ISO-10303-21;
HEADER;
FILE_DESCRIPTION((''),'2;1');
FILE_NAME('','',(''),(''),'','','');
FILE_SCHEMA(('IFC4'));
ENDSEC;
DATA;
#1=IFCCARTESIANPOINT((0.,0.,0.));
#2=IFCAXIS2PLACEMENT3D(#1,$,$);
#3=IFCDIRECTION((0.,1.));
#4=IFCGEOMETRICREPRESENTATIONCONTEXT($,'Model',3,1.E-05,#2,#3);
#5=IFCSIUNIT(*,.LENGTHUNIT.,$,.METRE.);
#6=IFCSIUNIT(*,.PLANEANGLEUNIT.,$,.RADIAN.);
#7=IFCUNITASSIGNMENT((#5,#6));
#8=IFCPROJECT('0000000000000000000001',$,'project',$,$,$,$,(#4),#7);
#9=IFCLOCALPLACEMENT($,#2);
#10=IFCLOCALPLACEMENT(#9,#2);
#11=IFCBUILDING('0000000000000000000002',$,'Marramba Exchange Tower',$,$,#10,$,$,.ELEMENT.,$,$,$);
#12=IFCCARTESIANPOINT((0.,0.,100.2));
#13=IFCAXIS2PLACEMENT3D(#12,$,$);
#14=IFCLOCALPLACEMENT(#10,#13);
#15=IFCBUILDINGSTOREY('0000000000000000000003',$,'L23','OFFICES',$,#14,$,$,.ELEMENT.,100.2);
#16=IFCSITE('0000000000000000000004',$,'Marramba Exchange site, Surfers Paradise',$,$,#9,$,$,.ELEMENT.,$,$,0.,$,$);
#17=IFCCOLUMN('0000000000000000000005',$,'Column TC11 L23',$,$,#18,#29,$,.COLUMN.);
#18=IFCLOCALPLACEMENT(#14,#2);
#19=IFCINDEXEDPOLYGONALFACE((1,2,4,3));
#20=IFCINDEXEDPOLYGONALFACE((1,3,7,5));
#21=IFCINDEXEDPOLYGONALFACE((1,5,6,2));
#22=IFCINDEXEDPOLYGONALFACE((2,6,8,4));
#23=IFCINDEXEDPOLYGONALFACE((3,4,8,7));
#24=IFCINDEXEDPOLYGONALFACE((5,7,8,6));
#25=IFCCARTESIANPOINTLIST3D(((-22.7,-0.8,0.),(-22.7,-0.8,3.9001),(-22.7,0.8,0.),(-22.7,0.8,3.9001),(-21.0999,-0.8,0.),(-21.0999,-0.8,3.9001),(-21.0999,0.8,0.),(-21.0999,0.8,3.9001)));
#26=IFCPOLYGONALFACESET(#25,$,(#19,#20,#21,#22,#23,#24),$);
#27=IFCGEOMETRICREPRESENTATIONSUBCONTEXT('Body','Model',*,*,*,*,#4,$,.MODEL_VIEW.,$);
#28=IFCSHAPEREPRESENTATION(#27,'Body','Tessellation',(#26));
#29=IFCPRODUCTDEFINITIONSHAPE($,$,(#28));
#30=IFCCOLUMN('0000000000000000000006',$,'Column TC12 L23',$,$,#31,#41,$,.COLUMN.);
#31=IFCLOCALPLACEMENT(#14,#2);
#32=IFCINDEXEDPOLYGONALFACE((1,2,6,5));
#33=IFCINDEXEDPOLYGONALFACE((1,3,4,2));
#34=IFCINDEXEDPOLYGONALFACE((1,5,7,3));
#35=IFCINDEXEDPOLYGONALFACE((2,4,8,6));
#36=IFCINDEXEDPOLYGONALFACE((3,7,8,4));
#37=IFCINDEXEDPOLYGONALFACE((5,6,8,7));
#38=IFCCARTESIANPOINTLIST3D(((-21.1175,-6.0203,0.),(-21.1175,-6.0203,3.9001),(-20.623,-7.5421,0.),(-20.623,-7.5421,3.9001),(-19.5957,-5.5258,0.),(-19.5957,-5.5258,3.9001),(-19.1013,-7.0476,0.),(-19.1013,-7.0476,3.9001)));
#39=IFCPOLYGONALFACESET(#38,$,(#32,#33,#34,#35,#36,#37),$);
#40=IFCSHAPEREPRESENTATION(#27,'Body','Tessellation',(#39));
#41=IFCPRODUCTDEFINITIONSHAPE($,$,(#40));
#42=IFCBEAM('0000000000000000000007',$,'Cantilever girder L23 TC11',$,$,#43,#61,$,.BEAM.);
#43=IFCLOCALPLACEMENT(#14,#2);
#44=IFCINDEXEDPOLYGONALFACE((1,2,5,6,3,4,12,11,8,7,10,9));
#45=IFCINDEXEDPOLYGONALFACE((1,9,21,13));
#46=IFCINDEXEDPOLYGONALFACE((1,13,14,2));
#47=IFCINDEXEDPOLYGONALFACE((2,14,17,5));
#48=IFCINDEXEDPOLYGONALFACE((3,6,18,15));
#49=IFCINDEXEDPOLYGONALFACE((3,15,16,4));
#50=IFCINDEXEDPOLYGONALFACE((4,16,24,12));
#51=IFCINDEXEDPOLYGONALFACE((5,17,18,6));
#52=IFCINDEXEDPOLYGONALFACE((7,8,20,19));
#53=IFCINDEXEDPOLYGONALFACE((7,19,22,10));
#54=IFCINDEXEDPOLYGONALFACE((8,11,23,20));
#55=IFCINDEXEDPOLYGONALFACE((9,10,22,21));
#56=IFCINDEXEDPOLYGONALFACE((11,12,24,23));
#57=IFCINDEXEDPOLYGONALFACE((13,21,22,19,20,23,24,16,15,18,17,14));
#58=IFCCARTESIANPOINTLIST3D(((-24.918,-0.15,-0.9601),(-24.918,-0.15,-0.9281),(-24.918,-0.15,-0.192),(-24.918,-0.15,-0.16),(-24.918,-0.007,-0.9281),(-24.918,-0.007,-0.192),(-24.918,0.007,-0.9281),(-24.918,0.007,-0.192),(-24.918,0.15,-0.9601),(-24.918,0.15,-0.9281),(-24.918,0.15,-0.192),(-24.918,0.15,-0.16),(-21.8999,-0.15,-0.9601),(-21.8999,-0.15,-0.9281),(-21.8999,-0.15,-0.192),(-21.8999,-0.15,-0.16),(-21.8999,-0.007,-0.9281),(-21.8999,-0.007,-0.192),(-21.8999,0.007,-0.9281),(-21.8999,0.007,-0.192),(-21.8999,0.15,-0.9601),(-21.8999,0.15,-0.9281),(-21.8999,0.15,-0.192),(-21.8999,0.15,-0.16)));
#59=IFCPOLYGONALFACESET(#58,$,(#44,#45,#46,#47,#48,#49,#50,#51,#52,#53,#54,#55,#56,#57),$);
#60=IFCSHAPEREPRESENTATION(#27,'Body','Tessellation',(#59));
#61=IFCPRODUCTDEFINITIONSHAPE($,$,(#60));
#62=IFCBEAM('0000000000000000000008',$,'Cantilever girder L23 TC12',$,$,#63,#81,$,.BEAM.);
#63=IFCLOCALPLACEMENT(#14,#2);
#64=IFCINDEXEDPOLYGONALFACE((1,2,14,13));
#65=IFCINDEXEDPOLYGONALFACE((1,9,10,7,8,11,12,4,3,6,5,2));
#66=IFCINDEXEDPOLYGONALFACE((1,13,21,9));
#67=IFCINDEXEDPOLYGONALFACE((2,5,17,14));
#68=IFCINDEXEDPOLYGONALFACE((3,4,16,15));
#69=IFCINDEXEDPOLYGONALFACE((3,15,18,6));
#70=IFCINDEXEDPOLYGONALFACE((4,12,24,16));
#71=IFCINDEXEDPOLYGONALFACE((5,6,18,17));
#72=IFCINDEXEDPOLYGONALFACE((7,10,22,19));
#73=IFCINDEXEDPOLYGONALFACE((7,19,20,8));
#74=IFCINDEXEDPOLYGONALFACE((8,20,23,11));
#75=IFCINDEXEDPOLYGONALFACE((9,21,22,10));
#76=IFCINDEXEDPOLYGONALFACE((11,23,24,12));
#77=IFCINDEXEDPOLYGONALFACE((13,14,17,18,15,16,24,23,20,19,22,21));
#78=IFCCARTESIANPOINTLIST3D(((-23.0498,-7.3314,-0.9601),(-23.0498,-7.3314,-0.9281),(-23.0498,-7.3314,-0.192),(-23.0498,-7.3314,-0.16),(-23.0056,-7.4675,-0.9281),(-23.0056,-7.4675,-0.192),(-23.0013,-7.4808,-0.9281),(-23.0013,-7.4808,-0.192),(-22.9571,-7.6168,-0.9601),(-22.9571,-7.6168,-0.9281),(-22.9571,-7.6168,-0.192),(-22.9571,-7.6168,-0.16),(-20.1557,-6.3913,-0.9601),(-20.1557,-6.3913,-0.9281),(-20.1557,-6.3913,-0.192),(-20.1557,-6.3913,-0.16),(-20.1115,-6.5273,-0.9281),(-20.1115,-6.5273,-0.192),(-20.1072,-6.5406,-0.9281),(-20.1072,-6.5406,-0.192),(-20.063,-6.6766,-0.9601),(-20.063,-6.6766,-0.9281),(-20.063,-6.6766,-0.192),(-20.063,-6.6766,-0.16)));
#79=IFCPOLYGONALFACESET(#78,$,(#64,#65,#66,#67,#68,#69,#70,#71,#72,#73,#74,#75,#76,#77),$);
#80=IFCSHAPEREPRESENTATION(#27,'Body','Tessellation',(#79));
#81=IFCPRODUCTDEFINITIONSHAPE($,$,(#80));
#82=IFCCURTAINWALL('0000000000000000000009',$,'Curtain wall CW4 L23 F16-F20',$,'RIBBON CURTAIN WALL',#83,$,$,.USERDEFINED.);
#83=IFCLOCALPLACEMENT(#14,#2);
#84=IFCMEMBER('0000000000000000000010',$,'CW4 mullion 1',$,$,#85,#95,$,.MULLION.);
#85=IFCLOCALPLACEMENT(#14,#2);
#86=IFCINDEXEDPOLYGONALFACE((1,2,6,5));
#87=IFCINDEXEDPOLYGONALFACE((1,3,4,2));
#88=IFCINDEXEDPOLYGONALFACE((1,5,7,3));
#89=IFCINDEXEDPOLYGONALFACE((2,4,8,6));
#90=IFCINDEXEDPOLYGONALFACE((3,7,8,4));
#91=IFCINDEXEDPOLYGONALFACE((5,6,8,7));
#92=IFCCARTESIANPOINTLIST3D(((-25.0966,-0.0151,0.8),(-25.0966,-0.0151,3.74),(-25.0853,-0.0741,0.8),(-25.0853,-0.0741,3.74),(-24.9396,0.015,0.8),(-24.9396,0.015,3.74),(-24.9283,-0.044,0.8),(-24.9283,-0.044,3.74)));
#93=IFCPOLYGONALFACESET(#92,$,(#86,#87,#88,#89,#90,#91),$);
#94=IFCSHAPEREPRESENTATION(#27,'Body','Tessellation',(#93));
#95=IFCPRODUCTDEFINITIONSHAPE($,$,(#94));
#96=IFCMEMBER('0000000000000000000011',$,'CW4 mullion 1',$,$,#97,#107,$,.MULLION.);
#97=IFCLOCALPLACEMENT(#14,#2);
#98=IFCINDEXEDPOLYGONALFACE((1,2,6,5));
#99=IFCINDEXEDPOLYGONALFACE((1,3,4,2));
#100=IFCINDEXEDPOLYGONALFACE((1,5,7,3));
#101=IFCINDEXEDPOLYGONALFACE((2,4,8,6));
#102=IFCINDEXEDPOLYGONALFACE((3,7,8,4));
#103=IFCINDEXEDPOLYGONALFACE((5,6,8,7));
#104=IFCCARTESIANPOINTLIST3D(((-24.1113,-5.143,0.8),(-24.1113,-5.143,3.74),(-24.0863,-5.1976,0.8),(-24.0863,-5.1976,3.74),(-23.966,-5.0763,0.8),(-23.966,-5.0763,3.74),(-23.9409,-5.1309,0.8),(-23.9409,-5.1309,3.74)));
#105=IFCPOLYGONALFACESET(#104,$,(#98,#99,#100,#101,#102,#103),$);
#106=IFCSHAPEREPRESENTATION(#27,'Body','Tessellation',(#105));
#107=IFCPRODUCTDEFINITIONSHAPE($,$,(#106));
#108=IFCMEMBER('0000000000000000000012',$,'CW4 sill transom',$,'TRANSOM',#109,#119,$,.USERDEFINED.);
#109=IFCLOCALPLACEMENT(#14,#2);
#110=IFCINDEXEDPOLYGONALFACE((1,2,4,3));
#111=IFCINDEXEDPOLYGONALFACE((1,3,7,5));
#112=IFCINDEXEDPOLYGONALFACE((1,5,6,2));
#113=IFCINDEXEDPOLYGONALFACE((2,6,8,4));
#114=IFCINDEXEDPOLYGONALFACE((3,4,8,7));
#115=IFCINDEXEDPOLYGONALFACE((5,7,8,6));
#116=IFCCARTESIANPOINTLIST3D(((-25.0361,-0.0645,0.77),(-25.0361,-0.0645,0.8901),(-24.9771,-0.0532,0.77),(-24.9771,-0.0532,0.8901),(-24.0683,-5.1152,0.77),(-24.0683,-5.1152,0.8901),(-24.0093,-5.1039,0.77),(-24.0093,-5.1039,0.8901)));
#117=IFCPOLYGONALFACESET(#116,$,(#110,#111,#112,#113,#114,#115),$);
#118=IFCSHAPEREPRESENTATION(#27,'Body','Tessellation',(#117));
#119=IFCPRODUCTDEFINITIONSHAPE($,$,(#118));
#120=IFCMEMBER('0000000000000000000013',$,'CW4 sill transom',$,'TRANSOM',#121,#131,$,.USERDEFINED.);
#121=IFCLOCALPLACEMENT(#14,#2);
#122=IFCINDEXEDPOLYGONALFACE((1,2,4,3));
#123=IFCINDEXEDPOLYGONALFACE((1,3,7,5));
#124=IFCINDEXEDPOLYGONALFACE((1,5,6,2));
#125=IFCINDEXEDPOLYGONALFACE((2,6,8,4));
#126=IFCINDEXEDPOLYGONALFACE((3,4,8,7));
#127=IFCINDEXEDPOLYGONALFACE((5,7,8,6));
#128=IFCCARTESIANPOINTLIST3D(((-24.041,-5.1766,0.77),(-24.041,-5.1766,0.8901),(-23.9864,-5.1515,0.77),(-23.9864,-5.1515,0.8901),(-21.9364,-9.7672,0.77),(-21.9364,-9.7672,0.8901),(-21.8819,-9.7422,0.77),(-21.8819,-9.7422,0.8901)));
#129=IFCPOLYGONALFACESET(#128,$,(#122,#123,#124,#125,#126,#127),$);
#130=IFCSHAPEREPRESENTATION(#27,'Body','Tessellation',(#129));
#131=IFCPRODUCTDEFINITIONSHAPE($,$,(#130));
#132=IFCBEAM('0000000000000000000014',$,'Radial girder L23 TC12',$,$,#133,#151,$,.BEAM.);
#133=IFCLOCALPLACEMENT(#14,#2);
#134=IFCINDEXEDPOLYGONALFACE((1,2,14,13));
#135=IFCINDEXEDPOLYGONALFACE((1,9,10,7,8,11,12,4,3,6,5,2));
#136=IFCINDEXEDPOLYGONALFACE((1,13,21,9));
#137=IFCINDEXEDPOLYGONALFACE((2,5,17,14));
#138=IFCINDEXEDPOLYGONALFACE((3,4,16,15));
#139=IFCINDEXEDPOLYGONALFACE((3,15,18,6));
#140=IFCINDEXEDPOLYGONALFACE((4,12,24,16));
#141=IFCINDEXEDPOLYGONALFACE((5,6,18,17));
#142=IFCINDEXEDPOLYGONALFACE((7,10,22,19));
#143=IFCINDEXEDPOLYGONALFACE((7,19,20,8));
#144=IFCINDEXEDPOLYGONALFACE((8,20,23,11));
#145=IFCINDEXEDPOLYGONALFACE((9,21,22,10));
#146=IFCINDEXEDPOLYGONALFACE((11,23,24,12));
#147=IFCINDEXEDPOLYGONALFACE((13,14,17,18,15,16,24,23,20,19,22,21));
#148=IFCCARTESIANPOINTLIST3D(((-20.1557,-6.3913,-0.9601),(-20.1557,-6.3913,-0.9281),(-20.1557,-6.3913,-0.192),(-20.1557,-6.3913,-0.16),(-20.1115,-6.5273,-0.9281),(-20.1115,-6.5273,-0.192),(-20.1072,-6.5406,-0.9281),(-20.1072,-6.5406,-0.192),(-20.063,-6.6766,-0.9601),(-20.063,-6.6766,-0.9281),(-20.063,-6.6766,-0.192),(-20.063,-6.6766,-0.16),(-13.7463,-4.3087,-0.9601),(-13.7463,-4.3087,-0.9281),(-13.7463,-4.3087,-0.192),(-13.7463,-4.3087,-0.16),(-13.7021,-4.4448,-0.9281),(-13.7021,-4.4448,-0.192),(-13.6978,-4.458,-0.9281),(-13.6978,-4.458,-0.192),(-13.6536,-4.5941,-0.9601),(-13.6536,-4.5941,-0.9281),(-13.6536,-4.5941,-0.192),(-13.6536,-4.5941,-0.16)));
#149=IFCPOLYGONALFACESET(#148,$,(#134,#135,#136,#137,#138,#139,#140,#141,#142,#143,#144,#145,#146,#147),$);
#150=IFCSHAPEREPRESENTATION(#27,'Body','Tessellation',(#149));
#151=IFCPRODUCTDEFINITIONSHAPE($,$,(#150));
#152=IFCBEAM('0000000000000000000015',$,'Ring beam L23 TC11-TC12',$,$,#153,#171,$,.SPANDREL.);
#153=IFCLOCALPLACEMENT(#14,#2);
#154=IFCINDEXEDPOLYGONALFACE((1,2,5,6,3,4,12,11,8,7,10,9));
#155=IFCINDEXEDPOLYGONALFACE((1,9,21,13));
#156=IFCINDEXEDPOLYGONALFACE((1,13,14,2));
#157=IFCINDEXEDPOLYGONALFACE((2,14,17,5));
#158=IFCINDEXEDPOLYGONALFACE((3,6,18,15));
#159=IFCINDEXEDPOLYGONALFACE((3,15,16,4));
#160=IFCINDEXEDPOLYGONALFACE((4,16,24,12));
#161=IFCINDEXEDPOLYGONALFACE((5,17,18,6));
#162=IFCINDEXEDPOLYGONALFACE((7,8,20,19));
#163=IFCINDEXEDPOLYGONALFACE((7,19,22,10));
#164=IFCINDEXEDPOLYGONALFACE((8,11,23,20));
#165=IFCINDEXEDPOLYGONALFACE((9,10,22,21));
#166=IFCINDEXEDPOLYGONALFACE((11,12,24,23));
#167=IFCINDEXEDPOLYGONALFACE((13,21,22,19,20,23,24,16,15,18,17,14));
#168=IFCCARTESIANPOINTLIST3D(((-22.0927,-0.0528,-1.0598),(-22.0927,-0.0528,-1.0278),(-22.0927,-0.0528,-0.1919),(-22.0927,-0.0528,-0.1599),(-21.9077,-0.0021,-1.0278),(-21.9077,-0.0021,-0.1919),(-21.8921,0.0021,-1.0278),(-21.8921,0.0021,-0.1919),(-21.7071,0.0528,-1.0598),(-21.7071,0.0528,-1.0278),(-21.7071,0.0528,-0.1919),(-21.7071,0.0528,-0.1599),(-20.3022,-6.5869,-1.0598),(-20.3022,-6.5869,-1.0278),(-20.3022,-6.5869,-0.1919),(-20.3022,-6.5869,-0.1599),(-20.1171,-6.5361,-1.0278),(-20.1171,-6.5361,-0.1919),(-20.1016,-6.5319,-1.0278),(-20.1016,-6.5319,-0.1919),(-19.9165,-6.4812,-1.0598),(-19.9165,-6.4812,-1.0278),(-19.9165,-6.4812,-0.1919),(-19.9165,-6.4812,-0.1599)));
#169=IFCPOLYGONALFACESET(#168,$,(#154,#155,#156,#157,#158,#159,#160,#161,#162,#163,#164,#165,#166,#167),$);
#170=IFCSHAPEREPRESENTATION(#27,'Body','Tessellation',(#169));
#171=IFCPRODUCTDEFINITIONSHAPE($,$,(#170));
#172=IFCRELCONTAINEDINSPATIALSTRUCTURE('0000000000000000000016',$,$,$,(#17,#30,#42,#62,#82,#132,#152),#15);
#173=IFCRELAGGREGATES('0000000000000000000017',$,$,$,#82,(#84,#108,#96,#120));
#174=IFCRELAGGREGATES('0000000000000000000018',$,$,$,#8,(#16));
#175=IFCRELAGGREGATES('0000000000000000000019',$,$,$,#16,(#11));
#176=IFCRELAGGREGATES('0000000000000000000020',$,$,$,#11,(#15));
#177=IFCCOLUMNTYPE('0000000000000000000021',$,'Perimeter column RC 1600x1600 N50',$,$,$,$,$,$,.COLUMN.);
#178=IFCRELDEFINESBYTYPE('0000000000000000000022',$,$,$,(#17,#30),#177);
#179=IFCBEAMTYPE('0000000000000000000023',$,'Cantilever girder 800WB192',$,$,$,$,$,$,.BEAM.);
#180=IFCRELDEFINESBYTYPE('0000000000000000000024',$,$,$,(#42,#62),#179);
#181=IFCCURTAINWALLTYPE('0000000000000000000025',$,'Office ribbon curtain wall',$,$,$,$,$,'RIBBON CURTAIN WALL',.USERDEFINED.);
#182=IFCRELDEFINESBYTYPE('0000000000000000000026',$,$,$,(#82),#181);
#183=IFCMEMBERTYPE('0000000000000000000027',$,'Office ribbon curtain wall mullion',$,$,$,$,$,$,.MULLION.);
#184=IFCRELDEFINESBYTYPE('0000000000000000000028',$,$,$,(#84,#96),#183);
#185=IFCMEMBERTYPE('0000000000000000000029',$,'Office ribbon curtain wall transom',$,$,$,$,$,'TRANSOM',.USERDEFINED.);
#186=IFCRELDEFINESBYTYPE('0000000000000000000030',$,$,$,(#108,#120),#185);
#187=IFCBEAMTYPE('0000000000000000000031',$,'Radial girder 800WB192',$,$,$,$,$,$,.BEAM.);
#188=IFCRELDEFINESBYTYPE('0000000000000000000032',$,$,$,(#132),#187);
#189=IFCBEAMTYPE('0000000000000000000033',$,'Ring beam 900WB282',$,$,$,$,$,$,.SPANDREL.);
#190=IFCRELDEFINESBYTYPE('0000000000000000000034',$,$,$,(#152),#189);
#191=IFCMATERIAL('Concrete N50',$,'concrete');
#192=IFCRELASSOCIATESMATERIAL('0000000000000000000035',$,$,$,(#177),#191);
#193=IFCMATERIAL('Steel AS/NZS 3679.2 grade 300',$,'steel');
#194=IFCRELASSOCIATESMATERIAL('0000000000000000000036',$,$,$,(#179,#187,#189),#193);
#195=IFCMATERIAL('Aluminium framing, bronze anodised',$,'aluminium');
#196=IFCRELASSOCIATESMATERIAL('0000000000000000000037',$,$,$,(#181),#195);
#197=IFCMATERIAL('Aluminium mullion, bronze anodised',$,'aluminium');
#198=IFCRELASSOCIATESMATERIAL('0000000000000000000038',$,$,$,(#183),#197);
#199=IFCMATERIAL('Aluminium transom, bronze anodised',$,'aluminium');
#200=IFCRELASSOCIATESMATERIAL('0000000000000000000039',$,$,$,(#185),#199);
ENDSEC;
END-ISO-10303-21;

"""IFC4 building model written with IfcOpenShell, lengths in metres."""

from ifc_helpers import new_model, si_unit, direction, frame, origin, origin_2d, place, context, subcontext, project, spatial, rectangle, i_section, extrude, material, material_profile, profile_set, type_object, element, aggregate, save


model = new_model("IFC4")

# Units and contexts
model_context = context("Model", 3, precision=1e-05, world=origin(), true_north=direction((0.0, 1.0)))
body_context = subcontext(model_context, "Body", "Model", "MODEL_VIEW")
ifc_project = project(units=[si_unit("LENGTHUNIT", "METRE"), si_unit("PLANEANGLEUNIT", "RADIAN")], contexts=[model_context])

# Site, building, storey
site_placement = place(None, origin())
site = spatial("IfcSite", under=ifc_project, at=site_placement, Name="Marramba Exchange site, Surfers Paradise", CompositionType="ELEMENT", RefElevation=0.0)
building_placement = place(site_placement, origin())
building = spatial("IfcBuilding", under=site, at=building_placement, Name="Marramba Exchange Tower", CompositionType="ELEMENT")
storey_placement = place(building_placement, frame((0.0, 0.0, 100.2)))
storey = spatial("IfcBuildingStorey", under=building, at=storey_placement, Name="L23", Description="OFFICES", CompositionType="ELEMENT", Elevation=100.2)

# Columns
ifc_material_1 = material(Name="Concrete N50", Category="concrete")
ifc_material_profile_1 = material_profile(ifc_material_1, rectangle(XDim=1.6001, YDim=1.6001, at=origin_2d()), Name="RC 1600x1600")
ifc_profile_set_1 = profile_set([ifc_material_profile_1], Name="Concrete N50")
column_type = type_object("IfcColumnType", Name="Perimeter column RC 1600x1600 N50", PredefinedType="COLUMN", material=ifc_profile_set_1)
for number, where, z_axis, x_axis, name in (
    (1, (-21.8999, 0.0, 0.0), (0.0, 0.0, 1.0), (-1.0, 0.0, 0.0), "Column TC11 L23"),
    (2, (-20.1094, -6.5339, 0.0), (0.0, 0.0, 1.0), (-0.951057, -0.309017, 0.0), "Column TC12 L23"),
):
    element("IfcColumn", number, at=place(storey_placement, frame(where, z_axis=z_axis, x_axis=x_axis)), inside=storey, type_object=column_type, Name=name, PredefinedType="COLUMN", context=body_context, shape_type="SweptSolid", body=[
        extrude(rectangle(XDim=1.6001, YDim=1.6001, at=origin_2d()), origin(), (0.0, 0.0, 1.0), 3.9001),
    ])

# Beams
ifc_material_2 = material(Name="Steel AS/NZS 3679.2 grade 300", Category="steel")
ifc_material_profile_2 = material_profile(ifc_material_2, i_section(OverallWidth=0.3, OverallDepth=0.8, WebThickness=0.0139, FlangeThickness=0.032, at=origin_2d()), Name="800WB192")
ifc_profile_set_2 = profile_set([ifc_material_profile_2], Name="Steel AS/NZS 3679.2 grade 300")
beam_type_1 = type_object("IfcBeamType", Name="Cantilever girder 800WB192", PredefinedType="BEAM", material=ifc_profile_set_2)
beam_1_placement = place(storey_placement, frame((-21.8999, 0.0, -0.5601), z_axis=(-1.0, 0.0, 0.0), x_axis=(0.0, -1.0, 0.0)))
element("IfcBeam", 3, at=beam_1_placement, inside=storey, type_object=beam_type_1, Name="Cantilever girder L23 TC11", PredefinedType="BEAM", context=body_context, shape_type="SweptSolid", body=[
    extrude(i_section(OverallWidth=0.3, OverallDepth=0.8, WebThickness=0.0139, FlangeThickness=0.032, at=origin_2d()), origin(), (0.0, 0.0, 1.0), 3.0181),
])
beam_2_placement = place(storey_placement, frame((-20.1094, -6.5339, -0.5601), z_axis=(-0.951071, -0.308974, 0.0), x_axis=(0.308974, -0.951071, 0.0)))
element("IfcBeam", 4, at=beam_2_placement, inside=storey, type_object=beam_type_1, Name="Cantilever girder L23 TC12", PredefinedType="BEAM", context=body_context, shape_type="SweptSolid", body=[
    extrude(i_section(OverallWidth=0.3, OverallDepth=0.8, WebThickness=0.0139, FlangeThickness=0.032, at=origin_2d()), origin(), (0.0, 0.0, 1.0), 3.043),
])

# Curtain wall, members
ifc_material_3 = material(Name="Aluminium framing, bronze anodised", Category="aluminium")
curtain_wall_type = type_object("IfcCurtainWallType", Name="Office ribbon curtain wall", ElementType="RIBBON CURTAIN WALL", PredefinedType="USERDEFINED", material=ifc_material_3)
curtain_wall_placement = place(storey_placement, origin())
curtain_wall = element("IfcCurtainWall", 5, at=curtain_wall_placement, inside=storey, type_object=curtain_wall_type, Name="Curtain wall CW4 L23 F16-F20", ObjectType="RIBBON CURTAIN WALL", PredefinedType="USERDEFINED")
ifc_material_4 = material(Name="Aluminium mullion, bronze anodised", Category="aluminium")
ifc_material_profile_3 = material_profile(ifc_material_4, rectangle(XDim=0.1599, YDim=0.0601, at=origin_2d()), Name="CW4 mullion 60x160")
ifc_profile_set_3 = profile_set([ifc_material_profile_3], Name="Aluminium mullion, bronze anodised")
member_type_1 = type_object("IfcMemberType", Name="Office ribbon curtain wall mullion", PredefinedType="MULLION", material=ifc_profile_set_3)
member_1_placement = place(storey_placement, frame((-25.0125, -0.0295, 0.8), z_axis=(0.0, 0.0, 1.0), x_axis=(0.982126, 0.188227, 0.0)))
member_1 = element("IfcMember", 6, at=member_1_placement, type_object=member_type_1, Name="CW4 mullion 1", PredefinedType="MULLION", context=body_context, shape_type="SweptSolid", body=[
    extrude(rectangle(XDim=0.1599, YDim=0.0601, at=origin_2d()), origin(), (0.0, 0.0, 1.0), 2.9399),
])
member_2_placement = place(storey_placement, frame((-24.0261, -5.137, 0.8), z_axis=(0.0, 0.0, 1.0), x_axis=(0.909027, 0.416738, 0.0)))
member_2 = element("IfcMember", 7, at=member_2_placement, type_object=member_type_1, Name="CW4 mullion 1", PredefinedType="MULLION", context=body_context, shape_type="SweptSolid", body=[
    extrude(rectangle(XDim=0.1599, YDim=0.0601, at=origin_2d()), origin(), (0.0, 0.0, 1.0), 2.9399),
])
ifc_material_5 = material(Name="Aluminium transom, bronze anodised", Category="aluminium")
ifc_material_profile_4 = material_profile(ifc_material_5, rectangle(XDim=0.0601, YDim=0.1201, at=origin_2d()), Name="CW4 transom 60x120")
ifc_profile_set_4 = profile_set([ifc_material_profile_4], Name="Aluminium transom, bronze anodised")
member_type_2 = type_object("IfcMemberType", Name="Office ribbon curtain wall transom", ElementType="TRANSOM", PredefinedType="USERDEFINED", material=ifc_profile_set_4)
member_3_placement = place(storey_placement, frame((-25.0066, -0.0588, 0.8301), z_axis=(0.188185, -0.982134, 0.0), x_axis=(0.982134, 0.188185, 0.0)))
member_3 = element("IfcMember", 8, at=member_3_placement, type_object=member_type_2, Name="CW4 sill transom", ObjectType="TRANSOM", PredefinedType="USERDEFINED", context=body_context, shape_type="SweptSolid", body=[
    extrude(rectangle(XDim=0.0601, YDim=0.1201, at=origin_2d()), origin(), (0.0, 0.0, 1.0), 5.1426),
])
member_4_placement = place(storey_placement, frame((-24.0137, -5.1641, 0.8301), z_axis=(0.416733, -0.909029, 0.0), x_axis=(0.909029, 0.416733, 0.0)))
member_4 = element("IfcMember", 9, at=member_4_placement, type_object=member_type_2, Name="CW4 sill transom", ObjectType="TRANSOM", PredefinedType="USERDEFINED", context=body_context, shape_type="SweptSolid", body=[
    extrude(rectangle(XDim=0.0601, YDim=0.1201, at=origin_2d()), origin(), (0.0, 0.0, 1.0), 5.05),
])

# Beams
ifc_material_profile_5 = material_profile(ifc_material_2, i_section(OverallWidth=0.3, OverallDepth=0.8, WebThickness=0.0139, FlangeThickness=0.032, at=origin_2d()), Name="800WB192")
ifc_profile_set_5 = profile_set([ifc_material_profile_5], Name="Steel AS/NZS 3679.2 grade 300")
beam_type_2 = type_object("IfcBeamType", Name="Radial girder 800WB192", PredefinedType="BEAM", material=ifc_profile_set_5)
beam_3_placement = place(storey_placement, frame((-13.7, -4.4514, -0.5601), z_axis=(-0.951058, -0.309013, 0.0), x_axis=(0.309013, -0.951058, 0.0)))
element("IfcBeam", 10, at=beam_3_placement, inside=storey, type_object=beam_type_2, Name="Radial girder L23 TC12", PredefinedType="BEAM", context=body_context, shape_type="SweptSolid", body=[
    extrude(i_section(OverallWidth=0.3, OverallDepth=0.8, WebThickness=0.0139, FlangeThickness=0.032, at=origin_2d()), origin(), (0.0, 0.0, 1.0), 6.7393),
])
ifc_material_profile_6 = material_profile(ifc_material_2, i_section(OverallWidth=0.3999, OverallDepth=0.8999, WebThickness=0.0161, FlangeThickness=0.032, at=origin_2d()), Name="900WB282")
ifc_profile_set_6 = profile_set([ifc_material_profile_6], Name="Steel AS/NZS 3679.2 grade 300")
beam_type_3 = type_object("IfcBeamType", Name="Ring beam 900WB282", PredefinedType="SPANDREL", material=ifc_profile_set_6)
beam_4_placement = place(storey_placement, frame((-21.8999, 0.0, -0.6099), z_axis=(0.264291, -0.964443, 0.0), x_axis=(0.964443, 0.264291, 0.0)))
element("IfcBeam", 11, at=beam_4_placement, inside=storey, type_object=beam_type_3, Name="Ring beam L23 TC11-TC12", PredefinedType="SPANDREL", context=body_context, shape_type="SweptSolid", body=[
    extrude(i_section(OverallWidth=0.3999, OverallDepth=0.8999, WebThickness=0.0161, FlangeThickness=0.032, at=origin_2d()), origin(), (0.0, 0.0, 1.0), 6.7749),
])

aggregate(curtain_wall, [member_1, member_3, member_2, member_4])

save(model, "model.ifc")
